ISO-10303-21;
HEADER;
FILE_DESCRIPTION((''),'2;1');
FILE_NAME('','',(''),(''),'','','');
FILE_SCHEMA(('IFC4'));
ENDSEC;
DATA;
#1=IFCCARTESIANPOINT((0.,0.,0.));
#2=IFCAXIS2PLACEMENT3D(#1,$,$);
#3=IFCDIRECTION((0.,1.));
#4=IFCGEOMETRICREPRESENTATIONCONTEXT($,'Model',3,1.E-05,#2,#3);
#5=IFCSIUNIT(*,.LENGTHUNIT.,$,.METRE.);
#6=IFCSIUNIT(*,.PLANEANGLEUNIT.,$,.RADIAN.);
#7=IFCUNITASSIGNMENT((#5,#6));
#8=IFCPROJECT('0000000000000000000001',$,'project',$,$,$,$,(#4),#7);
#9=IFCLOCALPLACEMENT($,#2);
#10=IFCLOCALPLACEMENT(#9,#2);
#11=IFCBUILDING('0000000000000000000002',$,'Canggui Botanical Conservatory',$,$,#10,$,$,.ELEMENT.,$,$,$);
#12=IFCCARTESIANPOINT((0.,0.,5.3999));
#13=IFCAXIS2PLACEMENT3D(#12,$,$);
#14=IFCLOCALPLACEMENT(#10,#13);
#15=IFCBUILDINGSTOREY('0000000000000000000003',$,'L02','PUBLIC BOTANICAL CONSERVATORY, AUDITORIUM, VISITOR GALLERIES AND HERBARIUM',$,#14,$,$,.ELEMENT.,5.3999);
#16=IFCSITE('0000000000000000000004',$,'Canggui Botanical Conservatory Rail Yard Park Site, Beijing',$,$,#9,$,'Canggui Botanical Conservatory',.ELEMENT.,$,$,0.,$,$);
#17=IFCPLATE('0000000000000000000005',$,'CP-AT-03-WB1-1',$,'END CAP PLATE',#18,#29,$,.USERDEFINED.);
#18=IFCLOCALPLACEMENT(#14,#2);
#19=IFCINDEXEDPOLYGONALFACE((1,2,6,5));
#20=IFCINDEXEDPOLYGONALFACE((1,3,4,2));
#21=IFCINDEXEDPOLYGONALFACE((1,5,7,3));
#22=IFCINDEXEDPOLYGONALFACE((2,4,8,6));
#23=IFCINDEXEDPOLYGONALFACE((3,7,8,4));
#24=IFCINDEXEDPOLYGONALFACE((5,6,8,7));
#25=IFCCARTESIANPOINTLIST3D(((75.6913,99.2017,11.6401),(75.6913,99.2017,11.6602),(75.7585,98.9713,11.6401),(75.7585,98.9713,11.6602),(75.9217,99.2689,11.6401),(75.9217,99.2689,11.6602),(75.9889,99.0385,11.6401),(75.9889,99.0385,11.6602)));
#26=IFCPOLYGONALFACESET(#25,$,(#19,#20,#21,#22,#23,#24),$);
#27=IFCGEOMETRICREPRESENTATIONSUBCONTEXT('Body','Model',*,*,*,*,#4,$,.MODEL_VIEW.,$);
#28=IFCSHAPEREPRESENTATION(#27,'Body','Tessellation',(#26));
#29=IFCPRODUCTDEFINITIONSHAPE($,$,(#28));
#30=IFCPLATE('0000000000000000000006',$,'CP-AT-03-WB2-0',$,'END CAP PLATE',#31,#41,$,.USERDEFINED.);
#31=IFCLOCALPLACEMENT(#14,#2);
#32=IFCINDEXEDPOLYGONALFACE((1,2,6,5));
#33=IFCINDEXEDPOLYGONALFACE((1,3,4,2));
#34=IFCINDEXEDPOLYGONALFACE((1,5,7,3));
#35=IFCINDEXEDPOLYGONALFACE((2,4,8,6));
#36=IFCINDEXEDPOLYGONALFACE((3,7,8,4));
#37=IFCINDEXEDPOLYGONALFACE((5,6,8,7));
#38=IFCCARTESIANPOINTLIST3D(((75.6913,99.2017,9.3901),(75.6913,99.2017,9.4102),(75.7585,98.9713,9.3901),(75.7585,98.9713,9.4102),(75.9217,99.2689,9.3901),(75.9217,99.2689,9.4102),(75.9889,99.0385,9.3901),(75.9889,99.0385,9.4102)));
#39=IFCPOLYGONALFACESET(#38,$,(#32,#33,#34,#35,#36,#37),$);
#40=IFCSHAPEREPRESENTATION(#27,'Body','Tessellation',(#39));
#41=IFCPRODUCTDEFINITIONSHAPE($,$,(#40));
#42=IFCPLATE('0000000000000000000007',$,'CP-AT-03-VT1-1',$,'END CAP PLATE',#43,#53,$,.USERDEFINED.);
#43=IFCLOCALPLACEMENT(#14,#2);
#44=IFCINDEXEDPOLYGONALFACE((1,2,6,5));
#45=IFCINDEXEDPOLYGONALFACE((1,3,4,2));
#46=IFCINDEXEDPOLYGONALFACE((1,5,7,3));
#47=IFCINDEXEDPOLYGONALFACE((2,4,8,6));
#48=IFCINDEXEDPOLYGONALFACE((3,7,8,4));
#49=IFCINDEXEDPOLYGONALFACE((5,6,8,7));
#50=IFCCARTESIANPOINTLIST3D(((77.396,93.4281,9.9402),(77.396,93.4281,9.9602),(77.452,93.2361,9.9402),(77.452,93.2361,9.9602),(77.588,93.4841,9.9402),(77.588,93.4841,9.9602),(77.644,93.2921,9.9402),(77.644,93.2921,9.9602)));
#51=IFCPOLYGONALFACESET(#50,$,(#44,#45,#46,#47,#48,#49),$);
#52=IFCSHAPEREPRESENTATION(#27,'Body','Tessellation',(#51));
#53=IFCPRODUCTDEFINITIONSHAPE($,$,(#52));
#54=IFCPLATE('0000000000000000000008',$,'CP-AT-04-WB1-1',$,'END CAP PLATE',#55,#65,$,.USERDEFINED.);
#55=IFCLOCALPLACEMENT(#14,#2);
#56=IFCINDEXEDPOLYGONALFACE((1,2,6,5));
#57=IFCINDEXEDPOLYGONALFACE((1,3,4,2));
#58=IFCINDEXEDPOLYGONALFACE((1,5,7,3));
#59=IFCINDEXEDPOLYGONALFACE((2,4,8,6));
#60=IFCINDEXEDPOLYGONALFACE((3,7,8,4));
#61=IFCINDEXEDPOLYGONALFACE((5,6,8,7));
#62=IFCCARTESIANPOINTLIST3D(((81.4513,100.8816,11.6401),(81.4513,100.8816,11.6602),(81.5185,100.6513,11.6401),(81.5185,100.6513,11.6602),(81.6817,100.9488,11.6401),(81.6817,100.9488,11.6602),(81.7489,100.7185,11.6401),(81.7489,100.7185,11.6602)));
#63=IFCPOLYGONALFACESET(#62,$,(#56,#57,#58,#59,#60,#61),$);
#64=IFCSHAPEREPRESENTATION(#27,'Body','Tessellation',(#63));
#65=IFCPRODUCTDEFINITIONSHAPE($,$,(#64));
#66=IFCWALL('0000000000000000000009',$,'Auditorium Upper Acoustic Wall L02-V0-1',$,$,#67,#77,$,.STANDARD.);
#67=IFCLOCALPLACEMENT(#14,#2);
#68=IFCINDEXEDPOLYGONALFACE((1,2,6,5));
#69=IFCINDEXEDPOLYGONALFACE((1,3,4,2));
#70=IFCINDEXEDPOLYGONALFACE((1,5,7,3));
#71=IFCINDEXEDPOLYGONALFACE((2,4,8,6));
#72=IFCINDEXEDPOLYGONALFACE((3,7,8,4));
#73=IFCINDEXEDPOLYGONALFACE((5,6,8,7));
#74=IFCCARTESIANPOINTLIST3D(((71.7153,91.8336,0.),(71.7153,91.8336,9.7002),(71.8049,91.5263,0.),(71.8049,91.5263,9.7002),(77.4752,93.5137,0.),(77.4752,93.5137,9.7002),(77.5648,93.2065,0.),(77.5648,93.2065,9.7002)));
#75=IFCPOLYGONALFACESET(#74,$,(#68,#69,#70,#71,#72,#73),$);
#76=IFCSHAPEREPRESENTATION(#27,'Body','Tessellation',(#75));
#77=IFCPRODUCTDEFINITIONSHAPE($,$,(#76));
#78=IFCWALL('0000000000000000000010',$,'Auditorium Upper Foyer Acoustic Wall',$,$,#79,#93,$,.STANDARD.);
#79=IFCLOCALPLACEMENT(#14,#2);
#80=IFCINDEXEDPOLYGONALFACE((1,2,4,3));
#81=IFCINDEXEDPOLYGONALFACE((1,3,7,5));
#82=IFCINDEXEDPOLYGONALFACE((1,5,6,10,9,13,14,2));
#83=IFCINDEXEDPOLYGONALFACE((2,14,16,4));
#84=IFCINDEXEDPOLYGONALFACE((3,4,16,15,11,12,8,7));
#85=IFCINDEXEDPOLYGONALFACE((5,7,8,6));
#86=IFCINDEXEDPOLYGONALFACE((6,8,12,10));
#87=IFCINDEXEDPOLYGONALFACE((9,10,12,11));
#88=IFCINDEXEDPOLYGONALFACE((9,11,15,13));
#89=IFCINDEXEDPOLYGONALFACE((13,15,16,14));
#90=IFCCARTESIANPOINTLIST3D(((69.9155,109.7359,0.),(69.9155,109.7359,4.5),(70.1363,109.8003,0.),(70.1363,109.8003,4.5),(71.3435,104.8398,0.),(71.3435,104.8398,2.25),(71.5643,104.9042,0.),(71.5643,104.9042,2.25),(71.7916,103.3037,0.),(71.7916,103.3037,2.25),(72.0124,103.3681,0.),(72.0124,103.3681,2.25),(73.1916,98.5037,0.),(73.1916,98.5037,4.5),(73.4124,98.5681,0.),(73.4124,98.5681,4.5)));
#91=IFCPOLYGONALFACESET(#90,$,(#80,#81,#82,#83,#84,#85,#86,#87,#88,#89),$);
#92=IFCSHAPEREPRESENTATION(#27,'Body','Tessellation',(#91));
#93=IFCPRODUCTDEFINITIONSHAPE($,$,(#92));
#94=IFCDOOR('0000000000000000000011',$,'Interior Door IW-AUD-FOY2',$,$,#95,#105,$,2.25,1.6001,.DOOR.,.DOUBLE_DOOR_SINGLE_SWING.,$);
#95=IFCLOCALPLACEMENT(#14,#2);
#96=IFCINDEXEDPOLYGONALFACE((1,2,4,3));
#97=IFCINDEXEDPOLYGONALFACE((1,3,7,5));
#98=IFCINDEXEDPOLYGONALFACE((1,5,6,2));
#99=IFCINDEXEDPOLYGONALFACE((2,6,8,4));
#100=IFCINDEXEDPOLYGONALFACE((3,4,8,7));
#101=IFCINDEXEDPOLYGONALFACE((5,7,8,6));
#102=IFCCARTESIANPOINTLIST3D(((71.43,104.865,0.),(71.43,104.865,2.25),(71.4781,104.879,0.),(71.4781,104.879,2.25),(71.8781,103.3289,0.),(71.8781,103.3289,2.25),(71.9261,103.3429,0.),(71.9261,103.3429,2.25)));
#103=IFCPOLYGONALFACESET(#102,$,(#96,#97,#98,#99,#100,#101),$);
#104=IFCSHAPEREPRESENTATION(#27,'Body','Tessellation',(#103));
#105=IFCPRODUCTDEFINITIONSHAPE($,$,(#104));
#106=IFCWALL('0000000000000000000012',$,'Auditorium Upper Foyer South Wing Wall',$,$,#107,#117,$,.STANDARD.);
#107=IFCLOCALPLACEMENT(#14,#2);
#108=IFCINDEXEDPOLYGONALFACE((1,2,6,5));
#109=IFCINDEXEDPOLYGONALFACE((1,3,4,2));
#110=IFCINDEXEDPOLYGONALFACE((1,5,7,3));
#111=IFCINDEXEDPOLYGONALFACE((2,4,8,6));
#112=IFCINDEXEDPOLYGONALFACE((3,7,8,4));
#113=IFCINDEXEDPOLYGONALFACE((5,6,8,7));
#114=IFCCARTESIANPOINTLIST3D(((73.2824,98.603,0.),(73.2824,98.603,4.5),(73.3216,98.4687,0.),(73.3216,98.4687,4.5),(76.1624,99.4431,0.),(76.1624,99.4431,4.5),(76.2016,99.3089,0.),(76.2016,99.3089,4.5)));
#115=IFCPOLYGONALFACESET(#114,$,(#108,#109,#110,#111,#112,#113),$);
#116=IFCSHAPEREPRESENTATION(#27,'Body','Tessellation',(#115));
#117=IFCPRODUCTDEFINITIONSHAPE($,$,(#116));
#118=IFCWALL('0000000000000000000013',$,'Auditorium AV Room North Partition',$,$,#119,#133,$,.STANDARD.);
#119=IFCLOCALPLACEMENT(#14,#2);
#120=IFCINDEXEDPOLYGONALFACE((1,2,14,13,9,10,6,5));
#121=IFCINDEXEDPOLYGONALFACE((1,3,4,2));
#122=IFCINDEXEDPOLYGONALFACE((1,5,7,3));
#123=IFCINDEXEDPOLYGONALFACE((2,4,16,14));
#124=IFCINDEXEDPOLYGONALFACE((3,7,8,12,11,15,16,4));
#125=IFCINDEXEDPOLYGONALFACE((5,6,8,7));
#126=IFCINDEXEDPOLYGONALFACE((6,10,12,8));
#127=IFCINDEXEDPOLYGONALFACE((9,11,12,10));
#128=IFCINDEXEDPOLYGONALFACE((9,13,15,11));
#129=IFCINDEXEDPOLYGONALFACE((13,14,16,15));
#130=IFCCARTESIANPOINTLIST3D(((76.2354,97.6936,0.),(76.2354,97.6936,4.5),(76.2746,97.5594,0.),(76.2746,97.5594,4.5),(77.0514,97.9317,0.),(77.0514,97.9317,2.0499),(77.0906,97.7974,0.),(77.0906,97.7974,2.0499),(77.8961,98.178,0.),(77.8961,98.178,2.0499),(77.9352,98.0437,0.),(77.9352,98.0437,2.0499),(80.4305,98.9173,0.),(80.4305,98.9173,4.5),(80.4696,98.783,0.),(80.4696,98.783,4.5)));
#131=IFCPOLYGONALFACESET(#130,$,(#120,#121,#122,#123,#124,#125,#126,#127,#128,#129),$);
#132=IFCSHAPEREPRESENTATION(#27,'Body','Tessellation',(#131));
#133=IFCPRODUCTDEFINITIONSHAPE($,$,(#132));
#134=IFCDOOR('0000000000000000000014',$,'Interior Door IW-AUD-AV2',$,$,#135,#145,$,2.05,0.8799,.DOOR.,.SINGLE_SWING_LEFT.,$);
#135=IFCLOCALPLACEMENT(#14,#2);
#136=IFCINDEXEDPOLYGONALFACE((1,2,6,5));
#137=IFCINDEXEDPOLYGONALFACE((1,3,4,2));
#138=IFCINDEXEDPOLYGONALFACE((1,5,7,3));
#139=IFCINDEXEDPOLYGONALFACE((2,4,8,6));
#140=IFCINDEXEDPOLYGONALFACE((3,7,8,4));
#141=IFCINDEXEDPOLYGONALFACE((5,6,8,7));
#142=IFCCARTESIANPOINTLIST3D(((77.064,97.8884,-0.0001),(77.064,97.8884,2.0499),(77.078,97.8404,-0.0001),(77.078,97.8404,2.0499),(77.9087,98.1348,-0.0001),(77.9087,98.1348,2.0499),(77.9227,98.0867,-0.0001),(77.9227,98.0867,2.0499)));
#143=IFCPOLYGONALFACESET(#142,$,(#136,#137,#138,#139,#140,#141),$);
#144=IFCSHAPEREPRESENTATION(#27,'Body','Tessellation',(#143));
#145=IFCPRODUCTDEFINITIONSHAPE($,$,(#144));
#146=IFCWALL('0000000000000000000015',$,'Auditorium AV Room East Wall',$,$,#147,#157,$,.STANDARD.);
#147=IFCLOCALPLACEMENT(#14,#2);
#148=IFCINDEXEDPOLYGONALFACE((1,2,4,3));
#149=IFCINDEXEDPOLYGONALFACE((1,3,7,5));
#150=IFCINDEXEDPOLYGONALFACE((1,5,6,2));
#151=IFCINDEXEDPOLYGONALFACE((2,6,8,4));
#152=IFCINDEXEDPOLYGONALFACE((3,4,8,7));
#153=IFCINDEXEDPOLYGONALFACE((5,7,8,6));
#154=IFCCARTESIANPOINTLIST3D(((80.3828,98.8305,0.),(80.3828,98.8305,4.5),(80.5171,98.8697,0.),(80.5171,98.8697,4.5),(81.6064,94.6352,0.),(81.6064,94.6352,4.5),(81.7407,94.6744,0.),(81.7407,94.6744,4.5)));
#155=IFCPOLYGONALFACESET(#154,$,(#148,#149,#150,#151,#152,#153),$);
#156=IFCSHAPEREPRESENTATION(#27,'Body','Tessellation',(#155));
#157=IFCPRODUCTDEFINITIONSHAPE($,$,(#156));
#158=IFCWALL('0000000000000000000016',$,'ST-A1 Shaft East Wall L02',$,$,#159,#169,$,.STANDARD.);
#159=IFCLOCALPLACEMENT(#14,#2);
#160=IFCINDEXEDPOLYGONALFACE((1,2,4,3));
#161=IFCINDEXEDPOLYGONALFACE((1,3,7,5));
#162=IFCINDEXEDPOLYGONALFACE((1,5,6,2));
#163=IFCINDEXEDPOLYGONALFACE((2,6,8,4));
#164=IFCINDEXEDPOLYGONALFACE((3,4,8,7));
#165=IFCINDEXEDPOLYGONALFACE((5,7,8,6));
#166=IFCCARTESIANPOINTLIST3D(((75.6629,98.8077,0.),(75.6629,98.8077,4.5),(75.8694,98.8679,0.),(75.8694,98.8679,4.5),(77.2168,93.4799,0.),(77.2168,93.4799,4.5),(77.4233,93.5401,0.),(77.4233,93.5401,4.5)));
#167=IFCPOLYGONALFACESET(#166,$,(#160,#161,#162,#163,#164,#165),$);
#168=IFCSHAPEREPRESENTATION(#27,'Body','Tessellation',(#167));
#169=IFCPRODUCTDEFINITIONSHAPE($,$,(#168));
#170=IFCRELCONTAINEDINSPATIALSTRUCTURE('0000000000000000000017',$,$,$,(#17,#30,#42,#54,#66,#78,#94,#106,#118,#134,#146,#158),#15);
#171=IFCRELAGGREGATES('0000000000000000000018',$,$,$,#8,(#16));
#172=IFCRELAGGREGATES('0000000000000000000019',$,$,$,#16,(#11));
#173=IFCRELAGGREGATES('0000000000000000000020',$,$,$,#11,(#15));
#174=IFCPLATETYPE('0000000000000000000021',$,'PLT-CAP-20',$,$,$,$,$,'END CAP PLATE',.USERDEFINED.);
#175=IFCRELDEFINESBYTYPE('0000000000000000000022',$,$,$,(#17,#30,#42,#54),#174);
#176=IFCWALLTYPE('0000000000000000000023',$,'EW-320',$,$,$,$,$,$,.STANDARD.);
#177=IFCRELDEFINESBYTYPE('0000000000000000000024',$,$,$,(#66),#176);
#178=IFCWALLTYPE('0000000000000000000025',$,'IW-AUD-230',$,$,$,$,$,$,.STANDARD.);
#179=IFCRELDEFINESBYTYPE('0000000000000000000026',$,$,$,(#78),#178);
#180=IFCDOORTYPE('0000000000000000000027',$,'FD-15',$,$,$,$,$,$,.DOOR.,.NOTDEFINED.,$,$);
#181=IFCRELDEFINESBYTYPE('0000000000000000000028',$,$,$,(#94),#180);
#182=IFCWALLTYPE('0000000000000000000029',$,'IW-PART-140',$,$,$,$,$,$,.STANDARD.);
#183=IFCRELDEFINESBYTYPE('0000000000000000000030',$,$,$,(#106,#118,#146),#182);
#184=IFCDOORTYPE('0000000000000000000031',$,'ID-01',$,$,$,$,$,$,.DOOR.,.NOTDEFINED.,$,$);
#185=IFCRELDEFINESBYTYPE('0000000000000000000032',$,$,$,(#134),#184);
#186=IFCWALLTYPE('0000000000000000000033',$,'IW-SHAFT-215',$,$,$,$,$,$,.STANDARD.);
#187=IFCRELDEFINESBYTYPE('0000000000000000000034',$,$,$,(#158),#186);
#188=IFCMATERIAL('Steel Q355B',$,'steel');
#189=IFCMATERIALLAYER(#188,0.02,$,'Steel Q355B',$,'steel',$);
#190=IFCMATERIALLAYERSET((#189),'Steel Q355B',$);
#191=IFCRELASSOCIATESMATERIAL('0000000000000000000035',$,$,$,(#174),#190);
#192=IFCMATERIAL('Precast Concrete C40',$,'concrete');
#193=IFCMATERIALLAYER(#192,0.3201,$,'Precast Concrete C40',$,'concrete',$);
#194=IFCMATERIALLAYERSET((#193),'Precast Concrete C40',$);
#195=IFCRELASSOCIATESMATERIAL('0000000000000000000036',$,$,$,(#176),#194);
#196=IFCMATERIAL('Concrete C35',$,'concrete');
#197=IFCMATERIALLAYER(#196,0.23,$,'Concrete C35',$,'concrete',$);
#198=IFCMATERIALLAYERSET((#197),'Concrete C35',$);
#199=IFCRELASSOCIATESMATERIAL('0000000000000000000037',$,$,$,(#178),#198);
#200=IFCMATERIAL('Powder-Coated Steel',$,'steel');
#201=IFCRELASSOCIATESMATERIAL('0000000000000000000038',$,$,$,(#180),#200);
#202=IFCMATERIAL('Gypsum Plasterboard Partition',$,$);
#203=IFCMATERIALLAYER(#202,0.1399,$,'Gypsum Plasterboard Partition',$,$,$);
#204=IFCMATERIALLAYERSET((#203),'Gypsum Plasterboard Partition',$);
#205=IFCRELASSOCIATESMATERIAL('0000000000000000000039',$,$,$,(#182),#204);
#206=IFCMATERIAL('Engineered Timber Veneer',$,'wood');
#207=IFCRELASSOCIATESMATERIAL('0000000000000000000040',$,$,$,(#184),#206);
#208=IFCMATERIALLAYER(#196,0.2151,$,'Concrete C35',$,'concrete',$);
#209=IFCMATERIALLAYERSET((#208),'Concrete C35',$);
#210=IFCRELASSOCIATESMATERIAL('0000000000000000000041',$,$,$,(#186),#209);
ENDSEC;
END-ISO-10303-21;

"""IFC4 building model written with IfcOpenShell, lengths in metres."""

from ifc_helpers import new_model, si_unit, direction, frame, frame_2d, origin, origin_2d, place, context, subcontext, project, spatial, rectangle, extrude, material, layer, layer_set, type_object, element, fill, save


model = new_model("IFC4")

# Units and contexts
model_context = context("Model", 3, precision=1e-05, world=origin(), true_north=direction((0.0, 1.0)))
body_context = subcontext(model_context, "Body", "Model", "MODEL_VIEW")
ifc_project = project(units=[si_unit("LENGTHUNIT", "METRE"), si_unit("PLANEANGLEUNIT", "RADIAN")], contexts=[model_context])

# Site, building, storey
site_placement = place(None, origin())
site = spatial("IfcSite", under=ifc_project, at=site_placement, Name="Canggui Botanical Conservatory Rail Yard Park Site, Beijing", LongName="Canggui Botanical Conservatory", CompositionType="ELEMENT", RefElevation=0.0)
building_placement = place(site_placement, origin())
building = spatial("IfcBuilding", under=site, at=building_placement, Name="Canggui Botanical Conservatory", CompositionType="ELEMENT")
storey_placement = place(building_placement, frame((0.0, 0.0, 5.3999)))
storey = spatial("IfcBuildingStorey", under=building, at=storey_placement, Name="L02", Description="PUBLIC BOTANICAL CONSERVATORY, AUDITORIUM, VISITOR GALLERIES AND HERBARIUM", CompositionType="ELEMENT", Elevation=5.3999)

# Shared definitions
ifc_material_1 = material(Name="Steel Q355B", Category="steel")

# Plates
ifc_layer_1 = layer(ifc_material_1, 0.02, Name="Steel Q355B", Category="steel")
ifc_layer_set_1 = layer_set([ifc_layer_1], Name="Steel Q355B")
plate_type = type_object("IfcPlateType", Name="PLT-CAP-20", ElementType="END CAP PLATE", PredefinedType="USERDEFINED", material=ifc_layer_set_1)
for number, where, z_axis, x_axis, name in (
    (1, (75.8401, 99.1201, 11.6401), (0.0, 0.0, 1.0), (0.96, 0.28, 0.0), "CP-AT-03-WB1-1"),
    (2, (75.8401, 99.1201, 9.3901), (0.0, 0.0, 1.0), (0.96, 0.28, 0.0), "CP-AT-03-WB2-0"),
):
    element("IfcPlate", number, at=place(storey_placement, frame(where, z_axis=z_axis, x_axis=x_axis)), inside=storey, type_object=plate_type, Name=name, ObjectType="END CAP PLATE", PredefinedType="USERDEFINED", context=body_context, shape_type="SweptSolid", body=[
        extrude(rectangle(XDim=0.24, YDim=0.24, at=origin_2d()), origin(), (0.0, 0.0, 1.0), 0.02),
    ])
plate_1_placement = place(storey_placement, frame((77.52, 93.3601, 9.9402), z_axis=(0.0, 0.0, 1.0), x_axis=(0.96, 0.28, 0.0)))
element("IfcPlate", 3, at=plate_1_placement, inside=storey, type_object=plate_type, Name="CP-AT-03-VT1-1", ObjectType="END CAP PLATE", PredefinedType="USERDEFINED", context=body_context, shape_type="SweptSolid", body=[
    extrude(rectangle(XDim=0.2, YDim=0.2, at=origin_2d()), origin(), (0.0, 0.0, 1.0), 0.02),
])
plate_2_placement = place(storey_placement, frame((81.6001, 100.8, 11.6401), z_axis=(0.0, 0.0, 1.0), x_axis=(0.96, 0.28, 0.0)))
element("IfcPlate", 4, at=plate_2_placement, inside=storey, type_object=plate_type, Name="CP-AT-04-WB1-1", ObjectType="END CAP PLATE", PredefinedType="USERDEFINED", context=body_context, shape_type="SweptSolid", body=[
    extrude(rectangle(XDim=0.24, YDim=0.24, at=origin_2d()), origin(), (0.0, 0.0, 1.0), 0.02),
])

# Wall
ifc_material_2 = material(Name="Precast Concrete C40", Category="concrete")
ifc_layer_2 = layer(ifc_material_2, 0.3201, Name="Precast Concrete C40", Category="concrete")
ifc_layer_set_2 = layer_set([ifc_layer_2], Name="Precast Concrete C40")
wall_type_1 = type_object("IfcWallType", Name="EW-320", PredefinedType="STANDARD", material=ifc_layer_set_2)
wall_1_placement = place(storey_placement, frame((77.52, 93.3601, 0.0), z_axis=(0.0, 0.0, 1.0), x_axis=(-0.959992, -0.280027, 0.0)))
element("IfcWall", 5, at=wall_1_placement, inside=storey, type_object=wall_type_1, Name="Auditorium Upper Acoustic Wall L02-V0-1", PredefinedType="STANDARD", context=body_context, shape_type="SweptSolid", body=[
    extrude(rectangle(XDim=6.0, YDim=0.3201, at=frame_2d((3.0, 0.0))), origin(), (0.0, 0.0, 1.0), 9.7002),
])

# Wall, opening, door
ifc_material_3 = material(Name="Concrete C35", Category="concrete")
ifc_layer_3 = layer(ifc_material_3, 0.23, Name="Concrete C35", Category="concrete")
ifc_layer_set_3 = layer_set([ifc_layer_3], Name="Concrete C35")
wall_type_2 = type_object("IfcWallType", Name="IW-AUD-230", PredefinedType="STANDARD", material=ifc_layer_set_3)
wall_2_placement = place(storey_placement, frame((73.302, 98.5359, 0.0), z_axis=(0.0, 0.0, 1.0), x_axis=(-0.280006, 0.959998, 0.0)))
wall_2 = element("IfcWall", 6, at=wall_2_placement, inside=storey, type_object=wall_type_2, Name="Auditorium Upper Foyer Acoustic Wall", PredefinedType="STANDARD", context=body_context, shape_type="SweptSolid", body=[
    extrude(rectangle(XDim=11.7002, YDim=0.23, at=frame_2d((5.8501, 0.0))), origin(), (0.0, 0.0, 1.0), 4.5),
])
opening_1_placement = place(wall_2_placement, frame((5.0, 0.0, 0.0)))
opening_1 = element("IfcOpeningElement", 7, at=opening_1_placement, cuts=wall_2, PredefinedType="OPENING", context=body_context, shape_type="SweptSolid", body=[
    extrude(rectangle(XDim=1.6001, YDim=2.25, at=frame_2d((0.8, 1.125))), frame((0.0, 0.125, 0.0), z_axis=(0.0, -1.0, 0.0), x_axis=(1.0, 0.0, 0.0)), (0.0, 0.0, 1.0), 0.25),
])
ifc_material_4 = material(Name="Powder-Coated Steel", Category="steel")
door_type_1 = type_object("IfcDoorType", Name="FD-15", OperationType="NOTDEFINED", PredefinedType="DOOR", material=ifc_material_4)
door_1_placement = place(opening_1_placement, origin())
door_1 = element("IfcDoor", 8, at=door_1_placement, inside=storey, type_object=door_type_1, Name="Interior Door IW-AUD-FOY2", OperationType="DOUBLE_DOOR_SINGLE_SWING", OverallHeight=2.25, OverallWidth=1.6001, PredefinedType="DOOR", context=body_context, shape_type="SweptSolid", body=[
    extrude(rectangle(XDim=1.6001, YDim=2.25, at=frame_2d((0.8, 1.125))), frame((0.0, 0.0249, 0.0), z_axis=(0.0, -1.0, 0.0), x_axis=(1.0, 0.0, 0.0)), (0.0, 0.0, 1.0), 0.05),
])
fill(opening_1, door_1)

# Wall
ifc_material_5 = material(Name="Gypsum Plasterboard Partition")
ifc_layer_4 = layer(ifc_material_5, 0.1399, Name="Gypsum Plasterboard Partition")
ifc_layer_set_4 = layer_set([ifc_layer_4], Name="Gypsum Plasterboard Partition")
wall_type_3 = type_object("IfcWallType", Name="IW-PART-140", PredefinedType="STANDARD", material=ifc_layer_set_4)
wall_3_placement = place(storey_placement, frame((73.302, 98.5359, 0.0), z_axis=(0.0, 0.0, 1.0), x_axis=(0.959989, 0.280038, 0.0)))
element("IfcWall", 9, at=wall_3_placement, inside=storey, type_object=wall_type_3, Name="Auditorium Upper Foyer South Wing Wall", PredefinedType="STANDARD", context=body_context, shape_type="SweptSolid", body=[
    extrude(rectangle(XDim=3.0, YDim=0.1399, at=frame_2d((1.5, 0.0))), origin(), (0.0, 0.0, 1.0), 4.5),
])

# Wall, opening, door
wall_4_placement = place(storey_placement, frame((76.2549, 97.6265, 0.0), z_axis=(0.0, 0.0, 1.0), x_axis=(0.959996, 0.280015, 0.0)))
wall_4 = element("IfcWall", 10, at=wall_4_placement, inside=storey, type_object=wall_type_3, Name="Auditorium AV Room North Partition", PredefinedType="STANDARD", context=body_context, shape_type="SweptSolid", body=[
    extrude(rectangle(XDim=4.3699, YDim=0.1399, at=frame_2d((2.1851, 0.0))), origin(), (0.0, 0.0, 1.0), 4.5),
])
opening_2_placement = place(wall_4_placement, frame((0.8501, 0.0, 0.0)))
opening_2 = element("IfcOpeningElement", 11, at=opening_2_placement, cuts=wall_4, PredefinedType="OPENING", context=body_context, shape_type="SweptSolid", body=[
    extrude(rectangle(XDim=0.8799, YDim=2.05, at=frame_2d((0.4399, 1.0249))), frame((0.0, 0.0801, 0.0), z_axis=(0.0, -1.0, 0.0), x_axis=(1.0, 0.0, 0.0)), (0.0, 0.0, 1.0), 0.1599),
])
ifc_material_6 = material(Name="Engineered Timber Veneer", Category="wood")
door_type_2 = type_object("IfcDoorType", Name="ID-01", OperationType="NOTDEFINED", PredefinedType="DOOR", material=ifc_material_6)
door_2_placement = place(opening_2_placement, origin())
door_2 = element("IfcDoor", 12, at=door_2_placement, inside=storey, type_object=door_type_2, Name="Interior Door IW-AUD-AV2", OperationType="SINGLE_SWING_LEFT", OverallHeight=2.05, OverallWidth=0.8799, PredefinedType="DOOR", context=body_context, shape_type="SweptSolid", body=[
    extrude(rectangle(XDim=0.8799, YDim=2.05, at=frame_2d((0.4399, 1.0249))), frame((0.0, 0.0249, 0.0), z_axis=(0.0, -1.0, 0.0), x_axis=(1.0, 0.0, 0.0)), (0.0, 0.0, 1.0), 0.05),
])
fill(opening_2, door_2)

# Walls
wall_5_placement = place(storey_placement, frame((81.6736, 94.6548, 0.0), z_axis=(0.0, 0.0, 1.0), x_axis=(-0.28, 0.96, 0.0)))
element("IfcWall", 13, at=wall_5_placement, inside=storey, type_object=wall_type_3, Name="Auditorium AV Room East Wall", PredefinedType="STANDARD", context=body_context, shape_type="SweptSolid", body=[
    extrude(rectangle(XDim=4.3701, YDim=0.1399, at=frame_2d((2.1851, 0.0))), origin(), (0.0, 0.0, 1.0), 4.5),
])
ifc_layer_5 = layer(ifc_material_3, 0.2151, Name="Concrete C35", Category="concrete")
ifc_layer_set_5 = layer_set([ifc_layer_5], Name="Concrete C35")
wall_type_4 = type_object("IfcWallType", Name="IW-SHAFT-215", PredefinedType="STANDARD", material=ifc_layer_set_5)
wall_6_placement = place(storey_placement, frame((77.3201, 93.51, 0.0), z_axis=(0.0, 0.0, 1.0), x_axis=(-0.279998, 0.96, 0.0)))
element("IfcWall", 14, at=wall_6_placement, inside=storey, type_object=wall_type_4, Name="ST-A1 Shaft East Wall L02", PredefinedType="STANDARD", context=body_context, shape_type="SweptSolid", body=[
    extrude(rectangle(XDim=5.5498, YDim=0.2151, at=frame_2d((2.7749, 0.0))), origin(), (0.0, 0.0, 1.0), 4.5),
])

save(model, "model.ifc")
